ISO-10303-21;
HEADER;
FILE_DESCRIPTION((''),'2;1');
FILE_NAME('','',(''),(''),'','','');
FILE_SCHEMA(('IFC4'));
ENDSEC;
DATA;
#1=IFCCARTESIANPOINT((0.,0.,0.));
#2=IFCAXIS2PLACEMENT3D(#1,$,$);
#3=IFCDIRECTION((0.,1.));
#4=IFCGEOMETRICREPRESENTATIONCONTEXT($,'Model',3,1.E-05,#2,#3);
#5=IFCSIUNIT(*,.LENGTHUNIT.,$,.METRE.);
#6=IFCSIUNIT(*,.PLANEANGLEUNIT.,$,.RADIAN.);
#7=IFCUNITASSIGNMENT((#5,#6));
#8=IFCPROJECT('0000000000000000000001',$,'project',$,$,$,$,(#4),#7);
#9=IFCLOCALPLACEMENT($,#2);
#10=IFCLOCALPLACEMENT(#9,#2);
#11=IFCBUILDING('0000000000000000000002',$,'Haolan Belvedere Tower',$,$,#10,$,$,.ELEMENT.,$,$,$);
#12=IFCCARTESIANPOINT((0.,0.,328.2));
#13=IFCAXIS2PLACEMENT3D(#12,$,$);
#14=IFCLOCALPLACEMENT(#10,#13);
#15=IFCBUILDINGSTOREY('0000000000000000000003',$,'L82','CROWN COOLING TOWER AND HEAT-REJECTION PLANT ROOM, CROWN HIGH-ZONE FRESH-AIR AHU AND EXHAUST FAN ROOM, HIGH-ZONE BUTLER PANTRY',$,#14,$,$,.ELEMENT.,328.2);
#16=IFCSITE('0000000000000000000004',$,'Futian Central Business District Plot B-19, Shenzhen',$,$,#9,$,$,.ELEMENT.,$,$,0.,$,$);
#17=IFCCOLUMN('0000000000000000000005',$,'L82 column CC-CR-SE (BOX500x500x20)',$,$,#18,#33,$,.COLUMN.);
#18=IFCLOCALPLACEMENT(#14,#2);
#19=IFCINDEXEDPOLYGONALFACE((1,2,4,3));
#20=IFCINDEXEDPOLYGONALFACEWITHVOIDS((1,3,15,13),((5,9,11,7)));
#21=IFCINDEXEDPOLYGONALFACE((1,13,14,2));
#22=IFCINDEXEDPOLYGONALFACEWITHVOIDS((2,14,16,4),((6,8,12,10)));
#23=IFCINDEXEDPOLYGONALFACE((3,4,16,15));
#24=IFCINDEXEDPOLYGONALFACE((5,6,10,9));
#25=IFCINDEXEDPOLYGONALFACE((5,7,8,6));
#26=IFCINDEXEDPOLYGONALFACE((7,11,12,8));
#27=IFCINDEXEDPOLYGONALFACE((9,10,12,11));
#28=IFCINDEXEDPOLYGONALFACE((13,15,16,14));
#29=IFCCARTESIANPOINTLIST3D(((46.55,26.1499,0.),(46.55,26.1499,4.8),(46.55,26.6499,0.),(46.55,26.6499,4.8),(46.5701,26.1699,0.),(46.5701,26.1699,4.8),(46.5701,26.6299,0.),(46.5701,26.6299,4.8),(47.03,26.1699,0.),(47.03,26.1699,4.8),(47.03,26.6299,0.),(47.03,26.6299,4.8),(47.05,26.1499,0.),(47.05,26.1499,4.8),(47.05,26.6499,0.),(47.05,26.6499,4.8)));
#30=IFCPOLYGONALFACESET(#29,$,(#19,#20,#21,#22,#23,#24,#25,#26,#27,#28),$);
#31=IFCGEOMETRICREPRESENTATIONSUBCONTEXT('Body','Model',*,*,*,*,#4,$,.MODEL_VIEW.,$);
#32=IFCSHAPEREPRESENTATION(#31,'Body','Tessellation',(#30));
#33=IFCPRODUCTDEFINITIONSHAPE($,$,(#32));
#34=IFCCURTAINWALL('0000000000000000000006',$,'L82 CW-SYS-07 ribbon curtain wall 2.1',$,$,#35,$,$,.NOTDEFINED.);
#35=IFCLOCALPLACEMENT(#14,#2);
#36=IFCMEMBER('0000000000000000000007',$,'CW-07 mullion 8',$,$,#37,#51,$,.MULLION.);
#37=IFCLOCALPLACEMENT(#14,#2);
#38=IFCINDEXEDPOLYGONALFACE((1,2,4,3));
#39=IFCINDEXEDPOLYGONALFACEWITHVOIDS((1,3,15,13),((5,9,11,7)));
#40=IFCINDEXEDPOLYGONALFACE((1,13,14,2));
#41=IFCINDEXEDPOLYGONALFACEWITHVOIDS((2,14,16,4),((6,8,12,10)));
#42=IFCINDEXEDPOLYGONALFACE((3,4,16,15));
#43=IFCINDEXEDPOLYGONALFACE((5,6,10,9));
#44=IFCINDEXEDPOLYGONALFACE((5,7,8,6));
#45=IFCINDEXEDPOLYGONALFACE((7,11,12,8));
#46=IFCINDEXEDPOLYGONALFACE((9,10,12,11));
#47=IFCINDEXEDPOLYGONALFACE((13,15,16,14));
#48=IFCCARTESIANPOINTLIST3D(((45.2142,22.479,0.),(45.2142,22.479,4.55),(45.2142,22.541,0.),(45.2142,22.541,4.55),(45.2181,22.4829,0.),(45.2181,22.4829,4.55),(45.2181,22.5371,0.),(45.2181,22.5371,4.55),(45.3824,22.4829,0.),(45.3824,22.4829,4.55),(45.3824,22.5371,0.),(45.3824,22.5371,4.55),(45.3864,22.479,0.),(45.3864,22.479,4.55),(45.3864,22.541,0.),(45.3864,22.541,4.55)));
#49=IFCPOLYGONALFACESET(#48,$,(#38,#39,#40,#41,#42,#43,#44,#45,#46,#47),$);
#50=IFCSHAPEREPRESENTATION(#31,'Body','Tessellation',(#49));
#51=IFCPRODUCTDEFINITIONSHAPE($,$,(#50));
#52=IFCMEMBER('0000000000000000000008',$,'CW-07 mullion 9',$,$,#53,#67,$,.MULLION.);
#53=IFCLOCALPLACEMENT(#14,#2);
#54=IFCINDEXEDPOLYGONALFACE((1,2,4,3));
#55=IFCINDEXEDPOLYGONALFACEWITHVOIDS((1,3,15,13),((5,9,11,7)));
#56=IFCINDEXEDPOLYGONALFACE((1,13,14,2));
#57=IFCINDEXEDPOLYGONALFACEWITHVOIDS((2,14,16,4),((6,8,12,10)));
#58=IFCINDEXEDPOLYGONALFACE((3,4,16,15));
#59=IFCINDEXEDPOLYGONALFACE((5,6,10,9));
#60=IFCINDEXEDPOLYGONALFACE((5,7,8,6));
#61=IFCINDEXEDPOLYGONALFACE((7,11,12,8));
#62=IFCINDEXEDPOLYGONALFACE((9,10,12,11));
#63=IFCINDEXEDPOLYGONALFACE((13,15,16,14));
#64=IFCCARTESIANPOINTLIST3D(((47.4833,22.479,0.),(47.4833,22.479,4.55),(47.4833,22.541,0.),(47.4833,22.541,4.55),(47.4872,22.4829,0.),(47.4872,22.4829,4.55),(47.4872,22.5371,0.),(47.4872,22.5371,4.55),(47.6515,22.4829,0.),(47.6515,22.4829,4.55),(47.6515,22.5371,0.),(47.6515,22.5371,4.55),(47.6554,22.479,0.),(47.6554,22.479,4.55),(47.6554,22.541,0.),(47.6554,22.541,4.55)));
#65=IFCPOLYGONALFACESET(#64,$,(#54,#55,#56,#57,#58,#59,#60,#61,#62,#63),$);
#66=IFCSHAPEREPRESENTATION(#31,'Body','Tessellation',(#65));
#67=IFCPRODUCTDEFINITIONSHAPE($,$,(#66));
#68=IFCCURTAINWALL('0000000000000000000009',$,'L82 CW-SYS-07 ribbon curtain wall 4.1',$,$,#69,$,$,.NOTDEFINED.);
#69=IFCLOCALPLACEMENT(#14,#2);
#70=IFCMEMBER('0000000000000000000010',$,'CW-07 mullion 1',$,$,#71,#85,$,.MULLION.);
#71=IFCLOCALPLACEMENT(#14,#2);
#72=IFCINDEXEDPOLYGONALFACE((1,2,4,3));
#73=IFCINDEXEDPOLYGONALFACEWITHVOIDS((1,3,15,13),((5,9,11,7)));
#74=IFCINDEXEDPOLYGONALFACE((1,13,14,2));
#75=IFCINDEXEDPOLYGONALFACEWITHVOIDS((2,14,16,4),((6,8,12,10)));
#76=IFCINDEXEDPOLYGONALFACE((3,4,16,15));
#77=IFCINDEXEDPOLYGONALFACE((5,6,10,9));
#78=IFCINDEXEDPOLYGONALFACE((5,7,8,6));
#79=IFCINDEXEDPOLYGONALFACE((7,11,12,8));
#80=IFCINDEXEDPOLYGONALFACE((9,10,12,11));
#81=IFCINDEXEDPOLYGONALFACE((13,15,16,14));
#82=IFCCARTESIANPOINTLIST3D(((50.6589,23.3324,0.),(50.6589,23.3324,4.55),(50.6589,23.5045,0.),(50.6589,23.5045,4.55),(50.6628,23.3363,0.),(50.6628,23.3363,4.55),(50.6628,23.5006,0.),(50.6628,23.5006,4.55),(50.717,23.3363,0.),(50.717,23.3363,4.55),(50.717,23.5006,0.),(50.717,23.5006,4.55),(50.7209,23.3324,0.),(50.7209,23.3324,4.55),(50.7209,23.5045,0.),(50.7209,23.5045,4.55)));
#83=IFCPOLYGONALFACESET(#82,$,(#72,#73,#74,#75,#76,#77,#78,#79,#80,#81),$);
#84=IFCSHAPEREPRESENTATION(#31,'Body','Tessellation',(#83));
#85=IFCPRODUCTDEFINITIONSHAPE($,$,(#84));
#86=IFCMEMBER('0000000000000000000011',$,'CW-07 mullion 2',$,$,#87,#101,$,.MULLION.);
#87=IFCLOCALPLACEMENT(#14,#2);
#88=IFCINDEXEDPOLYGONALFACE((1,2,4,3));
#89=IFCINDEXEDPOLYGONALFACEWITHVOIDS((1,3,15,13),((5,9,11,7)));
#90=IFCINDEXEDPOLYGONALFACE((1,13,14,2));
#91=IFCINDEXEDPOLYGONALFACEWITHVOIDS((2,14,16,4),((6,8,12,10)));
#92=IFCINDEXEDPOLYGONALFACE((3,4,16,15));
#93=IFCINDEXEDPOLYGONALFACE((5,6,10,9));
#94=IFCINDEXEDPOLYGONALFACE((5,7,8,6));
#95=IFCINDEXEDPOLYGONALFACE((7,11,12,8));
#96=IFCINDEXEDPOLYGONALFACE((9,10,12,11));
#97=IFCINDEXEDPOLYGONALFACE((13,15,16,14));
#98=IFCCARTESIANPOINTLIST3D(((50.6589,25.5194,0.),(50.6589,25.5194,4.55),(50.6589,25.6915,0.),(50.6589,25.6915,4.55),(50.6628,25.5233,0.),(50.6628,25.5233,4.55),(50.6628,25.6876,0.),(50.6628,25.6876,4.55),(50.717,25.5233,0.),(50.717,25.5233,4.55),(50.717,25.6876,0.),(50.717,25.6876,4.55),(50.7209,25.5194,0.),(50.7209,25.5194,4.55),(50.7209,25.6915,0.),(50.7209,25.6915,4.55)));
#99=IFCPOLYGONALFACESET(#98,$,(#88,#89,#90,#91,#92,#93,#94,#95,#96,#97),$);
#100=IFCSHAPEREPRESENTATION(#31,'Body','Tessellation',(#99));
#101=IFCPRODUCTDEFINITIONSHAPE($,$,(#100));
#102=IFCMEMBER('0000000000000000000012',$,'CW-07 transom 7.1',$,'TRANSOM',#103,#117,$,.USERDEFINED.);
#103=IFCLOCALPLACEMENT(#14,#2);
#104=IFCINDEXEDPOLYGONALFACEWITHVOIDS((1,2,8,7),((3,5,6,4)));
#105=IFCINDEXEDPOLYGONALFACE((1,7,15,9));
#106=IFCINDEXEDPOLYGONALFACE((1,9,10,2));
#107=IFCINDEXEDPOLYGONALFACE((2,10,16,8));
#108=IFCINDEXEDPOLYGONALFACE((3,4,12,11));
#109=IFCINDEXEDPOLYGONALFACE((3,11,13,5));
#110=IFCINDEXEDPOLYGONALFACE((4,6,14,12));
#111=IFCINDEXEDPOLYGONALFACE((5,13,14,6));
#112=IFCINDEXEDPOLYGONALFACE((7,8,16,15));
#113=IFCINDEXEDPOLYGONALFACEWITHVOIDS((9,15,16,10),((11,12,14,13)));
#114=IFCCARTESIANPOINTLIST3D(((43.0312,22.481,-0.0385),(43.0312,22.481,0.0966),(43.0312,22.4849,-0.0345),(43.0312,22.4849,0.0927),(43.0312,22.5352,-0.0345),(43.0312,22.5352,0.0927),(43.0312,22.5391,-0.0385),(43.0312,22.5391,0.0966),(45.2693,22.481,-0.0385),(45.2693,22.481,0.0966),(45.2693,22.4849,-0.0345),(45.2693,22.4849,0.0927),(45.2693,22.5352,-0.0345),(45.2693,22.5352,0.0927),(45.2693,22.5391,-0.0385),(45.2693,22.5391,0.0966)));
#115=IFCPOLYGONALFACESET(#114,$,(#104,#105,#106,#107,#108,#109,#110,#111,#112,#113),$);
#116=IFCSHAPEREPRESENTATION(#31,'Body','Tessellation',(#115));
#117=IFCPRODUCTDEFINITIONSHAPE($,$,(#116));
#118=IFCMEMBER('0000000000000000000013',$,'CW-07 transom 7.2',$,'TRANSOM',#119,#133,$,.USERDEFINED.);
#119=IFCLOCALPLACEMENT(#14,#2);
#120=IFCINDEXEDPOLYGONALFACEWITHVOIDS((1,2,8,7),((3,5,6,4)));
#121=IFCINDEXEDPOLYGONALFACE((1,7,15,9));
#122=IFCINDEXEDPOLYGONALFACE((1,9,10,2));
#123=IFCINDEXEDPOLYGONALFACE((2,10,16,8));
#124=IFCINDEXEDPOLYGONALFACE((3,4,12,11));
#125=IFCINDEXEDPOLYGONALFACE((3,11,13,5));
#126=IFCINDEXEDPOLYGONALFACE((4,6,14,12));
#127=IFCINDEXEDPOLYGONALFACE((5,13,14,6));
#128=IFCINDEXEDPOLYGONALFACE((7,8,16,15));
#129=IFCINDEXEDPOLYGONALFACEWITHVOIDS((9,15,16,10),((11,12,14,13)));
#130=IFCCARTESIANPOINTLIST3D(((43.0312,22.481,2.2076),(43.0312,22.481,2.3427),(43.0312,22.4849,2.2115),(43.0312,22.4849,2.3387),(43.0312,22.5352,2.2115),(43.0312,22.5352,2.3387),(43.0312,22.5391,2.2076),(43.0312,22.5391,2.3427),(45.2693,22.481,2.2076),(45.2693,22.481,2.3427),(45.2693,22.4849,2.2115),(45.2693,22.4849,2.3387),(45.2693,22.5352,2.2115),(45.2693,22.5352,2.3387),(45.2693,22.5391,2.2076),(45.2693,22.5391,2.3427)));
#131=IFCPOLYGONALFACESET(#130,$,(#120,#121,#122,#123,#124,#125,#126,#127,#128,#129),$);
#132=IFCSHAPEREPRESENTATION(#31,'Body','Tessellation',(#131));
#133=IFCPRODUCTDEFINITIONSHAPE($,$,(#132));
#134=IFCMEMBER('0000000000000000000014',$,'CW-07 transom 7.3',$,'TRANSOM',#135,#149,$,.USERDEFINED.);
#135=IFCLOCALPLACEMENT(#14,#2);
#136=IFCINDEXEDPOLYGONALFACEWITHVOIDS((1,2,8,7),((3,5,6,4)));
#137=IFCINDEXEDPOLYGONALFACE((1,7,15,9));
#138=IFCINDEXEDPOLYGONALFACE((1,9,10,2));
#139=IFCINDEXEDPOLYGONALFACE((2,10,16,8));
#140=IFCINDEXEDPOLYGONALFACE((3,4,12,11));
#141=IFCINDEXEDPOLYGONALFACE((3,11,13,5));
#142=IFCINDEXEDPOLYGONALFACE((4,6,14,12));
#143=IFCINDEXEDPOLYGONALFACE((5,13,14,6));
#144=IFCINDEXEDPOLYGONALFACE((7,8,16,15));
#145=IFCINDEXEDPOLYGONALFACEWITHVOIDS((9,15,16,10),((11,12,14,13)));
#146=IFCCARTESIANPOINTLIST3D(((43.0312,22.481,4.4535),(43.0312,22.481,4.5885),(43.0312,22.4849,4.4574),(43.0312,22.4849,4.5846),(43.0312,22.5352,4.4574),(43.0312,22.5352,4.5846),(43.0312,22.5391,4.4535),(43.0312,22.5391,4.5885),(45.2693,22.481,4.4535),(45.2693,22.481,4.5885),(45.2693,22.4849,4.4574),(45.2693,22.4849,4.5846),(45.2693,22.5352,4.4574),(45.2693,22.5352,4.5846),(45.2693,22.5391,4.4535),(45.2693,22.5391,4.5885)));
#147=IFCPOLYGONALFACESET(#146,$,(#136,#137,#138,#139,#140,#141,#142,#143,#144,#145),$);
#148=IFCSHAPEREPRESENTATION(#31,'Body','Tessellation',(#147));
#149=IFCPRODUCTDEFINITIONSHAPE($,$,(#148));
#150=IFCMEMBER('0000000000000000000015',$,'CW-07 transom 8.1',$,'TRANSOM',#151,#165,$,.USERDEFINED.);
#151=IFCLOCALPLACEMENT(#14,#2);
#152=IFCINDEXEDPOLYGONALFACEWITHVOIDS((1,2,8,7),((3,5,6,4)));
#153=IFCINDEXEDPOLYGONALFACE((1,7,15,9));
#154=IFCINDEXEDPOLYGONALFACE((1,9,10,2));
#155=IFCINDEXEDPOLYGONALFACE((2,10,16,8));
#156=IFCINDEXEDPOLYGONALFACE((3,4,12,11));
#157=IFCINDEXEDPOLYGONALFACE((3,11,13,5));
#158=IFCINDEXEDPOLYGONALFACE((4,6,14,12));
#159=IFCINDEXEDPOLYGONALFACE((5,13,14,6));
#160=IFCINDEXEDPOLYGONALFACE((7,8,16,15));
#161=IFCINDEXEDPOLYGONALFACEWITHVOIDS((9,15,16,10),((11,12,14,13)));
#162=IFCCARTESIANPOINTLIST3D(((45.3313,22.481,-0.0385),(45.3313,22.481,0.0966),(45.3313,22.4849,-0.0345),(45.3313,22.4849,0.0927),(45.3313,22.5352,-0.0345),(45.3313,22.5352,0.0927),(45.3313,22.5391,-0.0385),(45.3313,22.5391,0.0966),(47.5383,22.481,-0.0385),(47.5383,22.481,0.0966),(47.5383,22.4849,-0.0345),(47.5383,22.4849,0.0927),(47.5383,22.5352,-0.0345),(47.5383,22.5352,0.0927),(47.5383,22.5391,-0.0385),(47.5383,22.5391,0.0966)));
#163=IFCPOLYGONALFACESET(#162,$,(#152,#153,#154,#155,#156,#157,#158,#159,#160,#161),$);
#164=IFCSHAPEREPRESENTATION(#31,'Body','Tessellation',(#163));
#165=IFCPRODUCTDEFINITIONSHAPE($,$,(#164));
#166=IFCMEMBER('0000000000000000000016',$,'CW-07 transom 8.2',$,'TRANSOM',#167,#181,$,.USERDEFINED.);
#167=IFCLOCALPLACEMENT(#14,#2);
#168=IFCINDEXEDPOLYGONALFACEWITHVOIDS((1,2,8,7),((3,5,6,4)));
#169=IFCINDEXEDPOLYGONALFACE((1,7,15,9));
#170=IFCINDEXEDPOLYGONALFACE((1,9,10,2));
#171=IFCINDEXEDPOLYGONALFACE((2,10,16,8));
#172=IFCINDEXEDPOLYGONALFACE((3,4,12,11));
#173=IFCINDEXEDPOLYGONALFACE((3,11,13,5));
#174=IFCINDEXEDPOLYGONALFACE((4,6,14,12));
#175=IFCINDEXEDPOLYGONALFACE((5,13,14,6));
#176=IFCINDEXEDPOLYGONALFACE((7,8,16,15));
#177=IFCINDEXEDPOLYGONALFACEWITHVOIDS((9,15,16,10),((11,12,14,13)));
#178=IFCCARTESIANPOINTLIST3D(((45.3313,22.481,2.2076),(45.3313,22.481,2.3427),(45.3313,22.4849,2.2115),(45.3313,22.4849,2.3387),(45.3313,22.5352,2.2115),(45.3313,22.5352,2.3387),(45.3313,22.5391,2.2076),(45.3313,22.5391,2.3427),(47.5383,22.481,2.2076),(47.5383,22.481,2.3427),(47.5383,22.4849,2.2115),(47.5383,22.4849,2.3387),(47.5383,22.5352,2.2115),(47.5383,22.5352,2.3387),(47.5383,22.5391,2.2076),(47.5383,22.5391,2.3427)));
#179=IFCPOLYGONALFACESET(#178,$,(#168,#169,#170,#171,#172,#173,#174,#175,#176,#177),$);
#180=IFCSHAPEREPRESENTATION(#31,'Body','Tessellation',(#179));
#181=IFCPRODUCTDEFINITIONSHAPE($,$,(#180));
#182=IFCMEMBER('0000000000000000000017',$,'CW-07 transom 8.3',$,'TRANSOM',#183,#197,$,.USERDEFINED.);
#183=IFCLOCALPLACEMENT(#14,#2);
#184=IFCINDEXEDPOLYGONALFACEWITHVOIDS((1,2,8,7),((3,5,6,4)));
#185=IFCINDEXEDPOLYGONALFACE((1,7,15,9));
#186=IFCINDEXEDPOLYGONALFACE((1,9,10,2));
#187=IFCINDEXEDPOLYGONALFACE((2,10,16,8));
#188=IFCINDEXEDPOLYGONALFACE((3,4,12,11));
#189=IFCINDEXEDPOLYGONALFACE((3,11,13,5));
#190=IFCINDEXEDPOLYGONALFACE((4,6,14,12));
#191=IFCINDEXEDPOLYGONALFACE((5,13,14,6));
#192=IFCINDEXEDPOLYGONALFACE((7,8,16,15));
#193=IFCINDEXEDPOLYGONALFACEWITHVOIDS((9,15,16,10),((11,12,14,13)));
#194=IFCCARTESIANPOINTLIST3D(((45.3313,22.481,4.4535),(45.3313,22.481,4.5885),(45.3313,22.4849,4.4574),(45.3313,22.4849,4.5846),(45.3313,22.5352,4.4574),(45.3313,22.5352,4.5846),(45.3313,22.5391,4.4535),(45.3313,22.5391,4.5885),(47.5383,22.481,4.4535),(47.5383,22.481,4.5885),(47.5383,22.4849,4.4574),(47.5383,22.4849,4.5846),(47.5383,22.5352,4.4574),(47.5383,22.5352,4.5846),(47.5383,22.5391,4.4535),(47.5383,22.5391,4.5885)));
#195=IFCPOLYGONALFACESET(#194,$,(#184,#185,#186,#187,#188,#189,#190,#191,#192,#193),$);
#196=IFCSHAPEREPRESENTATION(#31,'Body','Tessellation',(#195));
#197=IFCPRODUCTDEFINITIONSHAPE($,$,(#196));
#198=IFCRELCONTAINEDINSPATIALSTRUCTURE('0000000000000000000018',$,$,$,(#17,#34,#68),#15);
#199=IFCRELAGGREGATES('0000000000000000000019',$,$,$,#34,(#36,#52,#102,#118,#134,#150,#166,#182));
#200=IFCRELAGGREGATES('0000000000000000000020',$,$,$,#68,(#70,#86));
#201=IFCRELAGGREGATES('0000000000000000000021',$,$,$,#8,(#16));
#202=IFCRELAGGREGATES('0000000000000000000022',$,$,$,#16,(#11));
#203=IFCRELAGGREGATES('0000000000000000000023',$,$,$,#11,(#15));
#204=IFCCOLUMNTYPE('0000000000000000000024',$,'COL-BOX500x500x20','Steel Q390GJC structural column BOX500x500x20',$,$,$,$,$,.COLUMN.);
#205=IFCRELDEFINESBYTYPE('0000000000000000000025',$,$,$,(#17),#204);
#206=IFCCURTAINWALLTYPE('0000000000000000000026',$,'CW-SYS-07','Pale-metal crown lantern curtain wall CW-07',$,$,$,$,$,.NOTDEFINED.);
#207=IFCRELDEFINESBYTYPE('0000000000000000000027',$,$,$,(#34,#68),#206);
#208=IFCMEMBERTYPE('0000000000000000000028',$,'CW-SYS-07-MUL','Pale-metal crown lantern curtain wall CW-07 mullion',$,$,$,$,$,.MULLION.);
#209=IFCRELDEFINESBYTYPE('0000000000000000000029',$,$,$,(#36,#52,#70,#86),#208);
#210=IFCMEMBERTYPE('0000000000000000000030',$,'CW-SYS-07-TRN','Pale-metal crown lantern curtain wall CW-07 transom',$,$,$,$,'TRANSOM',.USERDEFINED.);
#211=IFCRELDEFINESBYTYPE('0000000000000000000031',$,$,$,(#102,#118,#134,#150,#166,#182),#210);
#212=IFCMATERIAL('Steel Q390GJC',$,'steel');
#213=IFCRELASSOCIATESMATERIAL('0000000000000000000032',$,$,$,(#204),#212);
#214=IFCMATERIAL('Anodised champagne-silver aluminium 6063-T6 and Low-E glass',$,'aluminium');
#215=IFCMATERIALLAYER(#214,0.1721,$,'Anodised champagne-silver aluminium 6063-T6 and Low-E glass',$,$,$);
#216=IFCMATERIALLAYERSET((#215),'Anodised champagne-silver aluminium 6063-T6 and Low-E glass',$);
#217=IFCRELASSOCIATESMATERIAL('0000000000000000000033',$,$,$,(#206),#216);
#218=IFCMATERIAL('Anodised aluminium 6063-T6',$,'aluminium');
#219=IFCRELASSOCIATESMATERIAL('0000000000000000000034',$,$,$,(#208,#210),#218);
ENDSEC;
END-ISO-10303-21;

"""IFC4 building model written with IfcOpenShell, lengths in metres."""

from ifc_helpers import new_model, si_unit, direction, frame, origin, origin_2d, place, context, subcontext, project, spatial, hollow_rectangle, extrude, material, layer, layer_set, material_profile, profile_set, type_object, element, aggregate, save


model = new_model("IFC4")

# Units and contexts
model_context = context("Model", 3, precision=1e-05, world=origin(), true_north=direction((0.0, 1.0)))
body_context = subcontext(model_context, "Body", "Model", "MODEL_VIEW")
ifc_project = project(units=[si_unit("LENGTHUNIT", "METRE"), si_unit("PLANEANGLEUNIT", "RADIAN")], contexts=[model_context])

# Site, building, storey
site_placement = place(None, origin())
site = spatial("IfcSite", under=ifc_project, at=site_placement, Name="Futian Central Business District Plot B-19, Shenzhen", CompositionType="ELEMENT", RefElevation=0.0)
building_placement = place(site_placement, origin())
building = spatial("IfcBuilding", under=site, at=building_placement, Name="Haolan Belvedere Tower", CompositionType="ELEMENT")
storey_placement = place(building_placement, frame((0.0, 0.0, 328.2)))
storey = spatial("IfcBuildingStorey", under=building, at=storey_placement, Name="L82", Description="CROWN COOLING TOWER AND HEAT-REJECTION PLANT ROOM, CROWN HIGH-ZONE FRESH-AIR AHU AND EXHAUST FAN ROOM, HIGH-ZONE BUTLER PANTRY", CompositionType="ELEMENT", Elevation=328.2)

# Column
ifc_material_1 = material(Name="Steel Q390GJC", Category="steel")
ifc_material_profile_1 = material_profile(ifc_material_1, hollow_rectangle(XDim=0.5, YDim=0.5, WallThickness=0.02, at=origin_2d()), Name="Steel Q390GJC")
ifc_profile_set_1 = profile_set([ifc_material_profile_1], Name="Steel Q390GJC")
column_type = type_object("IfcColumnType", Name="COL-BOX500x500x20", Description="Steel Q390GJC structural column BOX500x500x20", PredefinedType="COLUMN", material=ifc_profile_set_1)
column_placement = place(storey_placement, frame((46.8, 26.3999, 0.0), z_axis=(0.0, 0.0, 1.0), x_axis=(1.0, 0.0, 0.0)))
element("IfcColumn", 1, at=column_placement, inside=storey, type_object=column_type, Name="L82 column CC-CR-SE (BOX500x500x20)", PredefinedType="COLUMN", context=body_context, shape_type="SweptSolid", body=[
    extrude(hollow_rectangle(XDim=0.5, YDim=0.5, WallThickness=0.02, at=origin_2d()), origin(), (0.0, 0.0, 1.0), 4.8),
])

# Curtain walls, members
ifc_material_2 = material(Name="Anodised champagne-silver aluminium 6063-T6 and Low-E glass", Category="aluminium")
ifc_layer_1 = layer(ifc_material_2, 0.1721, Name="Anodised champagne-silver aluminium 6063-T6 and Low-E glass")
ifc_layer_set_1 = layer_set([ifc_layer_1], Name="Anodised champagne-silver aluminium 6063-T6 and Low-E glass")
curtain_wall_type = type_object("IfcCurtainWallType", Name="CW-SYS-07", Description="Pale-metal crown lantern curtain wall CW-07", PredefinedType="NOTDEFINED", material=ifc_layer_set_1)
curtain_wall_1_placement = place(storey_placement, origin())
curtain_wall_1 = element("IfcCurtainWall", 2, at=curtain_wall_1_placement, inside=storey, type_object=curtain_wall_type, Name="L82 CW-SYS-07 ribbon curtain wall 2.1", PredefinedType="NOTDEFINED")
ifc_material_3 = material(Name="Anodised aluminium 6063-T6", Category="aluminium")
ifc_material_profile_2 = material_profile(ifc_material_3, hollow_rectangle(XDim=0.062, YDim=0.1721, WallThickness=0.0039, at=origin_2d()), Name="Anodised aluminium 6063-T6")
ifc_profile_set_2 = profile_set([ifc_material_profile_2], Name="Anodised aluminium 6063-T6")
member_type_1 = type_object("IfcMemberType", Name="CW-SYS-07-MUL", Description="Pale-metal crown lantern curtain wall CW-07 mullion", PredefinedType="MULLION", material=ifc_profile_set_2)
member_1_placement = place(storey_placement, frame((45.3003, 22.51, 0.0), z_axis=(0.0, 0.0, 1.0), x_axis=(0.0, 1.0, 0.0)))
member_1 = element("IfcMember", 3, at=member_1_placement, type_object=member_type_1, Name="CW-07 mullion 8", PredefinedType="MULLION", context=body_context, shape_type="SweptSolid", body=[
    extrude(hollow_rectangle(XDim=0.062, YDim=0.1721, WallThickness=0.0039, at=origin_2d()), origin(), (0.0, 0.0, 1.0), 4.55),
])
member_2_placement = place(storey_placement, frame((47.5693, 22.51, 0.0), z_axis=(0.0, 0.0, 1.0), x_axis=(0.0, 1.0, 0.0)))
member_2 = element("IfcMember", 4, at=member_2_placement, type_object=member_type_1, Name="CW-07 mullion 9", PredefinedType="MULLION", context=body_context, shape_type="SweptSolid", body=[
    extrude(hollow_rectangle(XDim=0.062, YDim=0.1721, WallThickness=0.0039, at=origin_2d()), origin(), (0.0, 0.0, 1.0), 4.55),
])
curtain_wall_2_placement = place(storey_placement, origin())
curtain_wall_2 = element("IfcCurtainWall", 5, at=curtain_wall_2_placement, inside=storey, type_object=curtain_wall_type, Name="L82 CW-SYS-07 ribbon curtain wall 4.1", PredefinedType="NOTDEFINED")
member_3_placement = place(storey_placement, frame((50.6899, 23.4185, 0.0), z_axis=(0.0, 0.0, 1.0), x_axis=(-1.0, 0.0, 0.0)))
member_3 = element("IfcMember", 6, at=member_3_placement, type_object=member_type_1, Name="CW-07 mullion 1", PredefinedType="MULLION", context=body_context, shape_type="SweptSolid", body=[
    extrude(hollow_rectangle(XDim=0.062, YDim=0.1721, WallThickness=0.0039, at=origin_2d()), origin(), (0.0, 0.0, 1.0), 4.55),
])
member_4_placement = place(storey_placement, frame((50.6899, 25.6055, 0.0), z_axis=(0.0, 0.0, 1.0), x_axis=(-1.0, 0.0, 0.0)))
member_4 = element("IfcMember", 7, at=member_4_placement, type_object=member_type_1, Name="CW-07 mullion 2", PredefinedType="MULLION", context=body_context, shape_type="SweptSolid", body=[
    extrude(hollow_rectangle(XDim=0.062, YDim=0.1721, WallThickness=0.0039, at=origin_2d()), origin(), (0.0, 0.0, 1.0), 4.55),
])

# Members
ifc_material_profile_3 = material_profile(ifc_material_3, hollow_rectangle(XDim=0.0581, YDim=0.135, WallThickness=0.0039, at=origin_2d()), Name="Anodised aluminium 6063-T6")
ifc_profile_set_3 = profile_set([ifc_material_profile_3], Name="Anodised aluminium 6063-T6")
member_type_2 = type_object("IfcMemberType", Name="CW-SYS-07-TRN", Description="Pale-metal crown lantern curtain wall CW-07 transom", ElementType="TRANSOM", PredefinedType="USERDEFINED", material=ifc_profile_set_3)
member_5_placement = place(storey_placement, frame((43.0312, 22.51, 0.0291), z_axis=(1.0, 0.0, 0.0), x_axis=(0.0, 1.0, 0.0)))
member_5 = element("IfcMember", 8, at=member_5_placement, type_object=member_type_2, Name="CW-07 transom 7.1", ObjectType="TRANSOM", PredefinedType="USERDEFINED", context=body_context, shape_type="SweptSolid", body=[
    extrude(hollow_rectangle(XDim=0.0581, YDim=0.135, WallThickness=0.0039, at=origin_2d()), origin(), (0.0, 0.0, 1.0), 2.238),
])
member_6_placement = place(storey_placement, frame((43.0312, 22.51, 2.2751), z_axis=(1.0, 0.0, 0.0), x_axis=(0.0, 1.0, 0.0)))
member_6 = element("IfcMember", 9, at=member_6_placement, type_object=member_type_2, Name="CW-07 transom 7.2", ObjectType="TRANSOM", PredefinedType="USERDEFINED", context=body_context, shape_type="SweptSolid", body=[
    extrude(hollow_rectangle(XDim=0.0581, YDim=0.135, WallThickness=0.0039, at=origin_2d()), origin(), (0.0, 0.0, 1.0), 2.238),
])
member_7_placement = place(storey_placement, frame((43.0312, 22.51, 4.521), z_axis=(1.0, 0.0, 0.0), x_axis=(0.0, 1.0, 0.0)))
member_7 = element("IfcMember", 10, at=member_7_placement, type_object=member_type_2, Name="CW-07 transom 7.3", ObjectType="TRANSOM", PredefinedType="USERDEFINED", context=body_context, shape_type="SweptSolid", body=[
    extrude(hollow_rectangle(XDim=0.0581, YDim=0.135, WallThickness=0.0039, at=origin_2d()), origin(), (0.0, 0.0, 1.0), 2.238),
])
member_8_placement = place(storey_placement, frame((45.3313, 22.51, 0.0291), z_axis=(1.0, 0.0, 0.0), x_axis=(0.0, 1.0, 0.0)))
member_8 = element("IfcMember", 11, at=member_8_placement, type_object=member_type_2, Name="CW-07 transom 8.1", ObjectType="TRANSOM", PredefinedType="USERDEFINED", context=body_context, shape_type="SweptSolid", body=[
    extrude(hollow_rectangle(XDim=0.0581, YDim=0.135, WallThickness=0.0039, at=origin_2d()), origin(), (0.0, 0.0, 1.0), 2.207),
])
member_9_placement = place(storey_placement, frame((45.3313, 22.51, 2.2751), z_axis=(1.0, 0.0, 0.0), x_axis=(0.0, 1.0, 0.0)))
member_9 = element("IfcMember", 12, at=member_9_placement, type_object=member_type_2, Name="CW-07 transom 8.2", ObjectType="TRANSOM", PredefinedType="USERDEFINED", context=body_context, shape_type="SweptSolid", body=[
    extrude(hollow_rectangle(XDim=0.0581, YDim=0.135, WallThickness=0.0039, at=origin_2d()), origin(), (0.0, 0.0, 1.0), 2.207),
])
member_10_placement = place(storey_placement, frame((45.3313, 22.51, 4.521), z_axis=(1.0, 0.0, 0.0), x_axis=(0.0, 1.0, 0.0)))
member_10 = element("IfcMember", 13, at=member_10_placement, type_object=member_type_2, Name="CW-07 transom 8.3", ObjectType="TRANSOM", PredefinedType="USERDEFINED", context=body_context, shape_type="SweptSolid", body=[
    extrude(hollow_rectangle(XDim=0.0581, YDim=0.135, WallThickness=0.0039, at=origin_2d()), origin(), (0.0, 0.0, 1.0), 2.207),
])

aggregate(curtain_wall_1, [member_1, member_2, member_5, member_6, member_7, member_8, member_9, member_10])
aggregate(curtain_wall_2, [member_3, member_4])

save(model, "model.ifc")
